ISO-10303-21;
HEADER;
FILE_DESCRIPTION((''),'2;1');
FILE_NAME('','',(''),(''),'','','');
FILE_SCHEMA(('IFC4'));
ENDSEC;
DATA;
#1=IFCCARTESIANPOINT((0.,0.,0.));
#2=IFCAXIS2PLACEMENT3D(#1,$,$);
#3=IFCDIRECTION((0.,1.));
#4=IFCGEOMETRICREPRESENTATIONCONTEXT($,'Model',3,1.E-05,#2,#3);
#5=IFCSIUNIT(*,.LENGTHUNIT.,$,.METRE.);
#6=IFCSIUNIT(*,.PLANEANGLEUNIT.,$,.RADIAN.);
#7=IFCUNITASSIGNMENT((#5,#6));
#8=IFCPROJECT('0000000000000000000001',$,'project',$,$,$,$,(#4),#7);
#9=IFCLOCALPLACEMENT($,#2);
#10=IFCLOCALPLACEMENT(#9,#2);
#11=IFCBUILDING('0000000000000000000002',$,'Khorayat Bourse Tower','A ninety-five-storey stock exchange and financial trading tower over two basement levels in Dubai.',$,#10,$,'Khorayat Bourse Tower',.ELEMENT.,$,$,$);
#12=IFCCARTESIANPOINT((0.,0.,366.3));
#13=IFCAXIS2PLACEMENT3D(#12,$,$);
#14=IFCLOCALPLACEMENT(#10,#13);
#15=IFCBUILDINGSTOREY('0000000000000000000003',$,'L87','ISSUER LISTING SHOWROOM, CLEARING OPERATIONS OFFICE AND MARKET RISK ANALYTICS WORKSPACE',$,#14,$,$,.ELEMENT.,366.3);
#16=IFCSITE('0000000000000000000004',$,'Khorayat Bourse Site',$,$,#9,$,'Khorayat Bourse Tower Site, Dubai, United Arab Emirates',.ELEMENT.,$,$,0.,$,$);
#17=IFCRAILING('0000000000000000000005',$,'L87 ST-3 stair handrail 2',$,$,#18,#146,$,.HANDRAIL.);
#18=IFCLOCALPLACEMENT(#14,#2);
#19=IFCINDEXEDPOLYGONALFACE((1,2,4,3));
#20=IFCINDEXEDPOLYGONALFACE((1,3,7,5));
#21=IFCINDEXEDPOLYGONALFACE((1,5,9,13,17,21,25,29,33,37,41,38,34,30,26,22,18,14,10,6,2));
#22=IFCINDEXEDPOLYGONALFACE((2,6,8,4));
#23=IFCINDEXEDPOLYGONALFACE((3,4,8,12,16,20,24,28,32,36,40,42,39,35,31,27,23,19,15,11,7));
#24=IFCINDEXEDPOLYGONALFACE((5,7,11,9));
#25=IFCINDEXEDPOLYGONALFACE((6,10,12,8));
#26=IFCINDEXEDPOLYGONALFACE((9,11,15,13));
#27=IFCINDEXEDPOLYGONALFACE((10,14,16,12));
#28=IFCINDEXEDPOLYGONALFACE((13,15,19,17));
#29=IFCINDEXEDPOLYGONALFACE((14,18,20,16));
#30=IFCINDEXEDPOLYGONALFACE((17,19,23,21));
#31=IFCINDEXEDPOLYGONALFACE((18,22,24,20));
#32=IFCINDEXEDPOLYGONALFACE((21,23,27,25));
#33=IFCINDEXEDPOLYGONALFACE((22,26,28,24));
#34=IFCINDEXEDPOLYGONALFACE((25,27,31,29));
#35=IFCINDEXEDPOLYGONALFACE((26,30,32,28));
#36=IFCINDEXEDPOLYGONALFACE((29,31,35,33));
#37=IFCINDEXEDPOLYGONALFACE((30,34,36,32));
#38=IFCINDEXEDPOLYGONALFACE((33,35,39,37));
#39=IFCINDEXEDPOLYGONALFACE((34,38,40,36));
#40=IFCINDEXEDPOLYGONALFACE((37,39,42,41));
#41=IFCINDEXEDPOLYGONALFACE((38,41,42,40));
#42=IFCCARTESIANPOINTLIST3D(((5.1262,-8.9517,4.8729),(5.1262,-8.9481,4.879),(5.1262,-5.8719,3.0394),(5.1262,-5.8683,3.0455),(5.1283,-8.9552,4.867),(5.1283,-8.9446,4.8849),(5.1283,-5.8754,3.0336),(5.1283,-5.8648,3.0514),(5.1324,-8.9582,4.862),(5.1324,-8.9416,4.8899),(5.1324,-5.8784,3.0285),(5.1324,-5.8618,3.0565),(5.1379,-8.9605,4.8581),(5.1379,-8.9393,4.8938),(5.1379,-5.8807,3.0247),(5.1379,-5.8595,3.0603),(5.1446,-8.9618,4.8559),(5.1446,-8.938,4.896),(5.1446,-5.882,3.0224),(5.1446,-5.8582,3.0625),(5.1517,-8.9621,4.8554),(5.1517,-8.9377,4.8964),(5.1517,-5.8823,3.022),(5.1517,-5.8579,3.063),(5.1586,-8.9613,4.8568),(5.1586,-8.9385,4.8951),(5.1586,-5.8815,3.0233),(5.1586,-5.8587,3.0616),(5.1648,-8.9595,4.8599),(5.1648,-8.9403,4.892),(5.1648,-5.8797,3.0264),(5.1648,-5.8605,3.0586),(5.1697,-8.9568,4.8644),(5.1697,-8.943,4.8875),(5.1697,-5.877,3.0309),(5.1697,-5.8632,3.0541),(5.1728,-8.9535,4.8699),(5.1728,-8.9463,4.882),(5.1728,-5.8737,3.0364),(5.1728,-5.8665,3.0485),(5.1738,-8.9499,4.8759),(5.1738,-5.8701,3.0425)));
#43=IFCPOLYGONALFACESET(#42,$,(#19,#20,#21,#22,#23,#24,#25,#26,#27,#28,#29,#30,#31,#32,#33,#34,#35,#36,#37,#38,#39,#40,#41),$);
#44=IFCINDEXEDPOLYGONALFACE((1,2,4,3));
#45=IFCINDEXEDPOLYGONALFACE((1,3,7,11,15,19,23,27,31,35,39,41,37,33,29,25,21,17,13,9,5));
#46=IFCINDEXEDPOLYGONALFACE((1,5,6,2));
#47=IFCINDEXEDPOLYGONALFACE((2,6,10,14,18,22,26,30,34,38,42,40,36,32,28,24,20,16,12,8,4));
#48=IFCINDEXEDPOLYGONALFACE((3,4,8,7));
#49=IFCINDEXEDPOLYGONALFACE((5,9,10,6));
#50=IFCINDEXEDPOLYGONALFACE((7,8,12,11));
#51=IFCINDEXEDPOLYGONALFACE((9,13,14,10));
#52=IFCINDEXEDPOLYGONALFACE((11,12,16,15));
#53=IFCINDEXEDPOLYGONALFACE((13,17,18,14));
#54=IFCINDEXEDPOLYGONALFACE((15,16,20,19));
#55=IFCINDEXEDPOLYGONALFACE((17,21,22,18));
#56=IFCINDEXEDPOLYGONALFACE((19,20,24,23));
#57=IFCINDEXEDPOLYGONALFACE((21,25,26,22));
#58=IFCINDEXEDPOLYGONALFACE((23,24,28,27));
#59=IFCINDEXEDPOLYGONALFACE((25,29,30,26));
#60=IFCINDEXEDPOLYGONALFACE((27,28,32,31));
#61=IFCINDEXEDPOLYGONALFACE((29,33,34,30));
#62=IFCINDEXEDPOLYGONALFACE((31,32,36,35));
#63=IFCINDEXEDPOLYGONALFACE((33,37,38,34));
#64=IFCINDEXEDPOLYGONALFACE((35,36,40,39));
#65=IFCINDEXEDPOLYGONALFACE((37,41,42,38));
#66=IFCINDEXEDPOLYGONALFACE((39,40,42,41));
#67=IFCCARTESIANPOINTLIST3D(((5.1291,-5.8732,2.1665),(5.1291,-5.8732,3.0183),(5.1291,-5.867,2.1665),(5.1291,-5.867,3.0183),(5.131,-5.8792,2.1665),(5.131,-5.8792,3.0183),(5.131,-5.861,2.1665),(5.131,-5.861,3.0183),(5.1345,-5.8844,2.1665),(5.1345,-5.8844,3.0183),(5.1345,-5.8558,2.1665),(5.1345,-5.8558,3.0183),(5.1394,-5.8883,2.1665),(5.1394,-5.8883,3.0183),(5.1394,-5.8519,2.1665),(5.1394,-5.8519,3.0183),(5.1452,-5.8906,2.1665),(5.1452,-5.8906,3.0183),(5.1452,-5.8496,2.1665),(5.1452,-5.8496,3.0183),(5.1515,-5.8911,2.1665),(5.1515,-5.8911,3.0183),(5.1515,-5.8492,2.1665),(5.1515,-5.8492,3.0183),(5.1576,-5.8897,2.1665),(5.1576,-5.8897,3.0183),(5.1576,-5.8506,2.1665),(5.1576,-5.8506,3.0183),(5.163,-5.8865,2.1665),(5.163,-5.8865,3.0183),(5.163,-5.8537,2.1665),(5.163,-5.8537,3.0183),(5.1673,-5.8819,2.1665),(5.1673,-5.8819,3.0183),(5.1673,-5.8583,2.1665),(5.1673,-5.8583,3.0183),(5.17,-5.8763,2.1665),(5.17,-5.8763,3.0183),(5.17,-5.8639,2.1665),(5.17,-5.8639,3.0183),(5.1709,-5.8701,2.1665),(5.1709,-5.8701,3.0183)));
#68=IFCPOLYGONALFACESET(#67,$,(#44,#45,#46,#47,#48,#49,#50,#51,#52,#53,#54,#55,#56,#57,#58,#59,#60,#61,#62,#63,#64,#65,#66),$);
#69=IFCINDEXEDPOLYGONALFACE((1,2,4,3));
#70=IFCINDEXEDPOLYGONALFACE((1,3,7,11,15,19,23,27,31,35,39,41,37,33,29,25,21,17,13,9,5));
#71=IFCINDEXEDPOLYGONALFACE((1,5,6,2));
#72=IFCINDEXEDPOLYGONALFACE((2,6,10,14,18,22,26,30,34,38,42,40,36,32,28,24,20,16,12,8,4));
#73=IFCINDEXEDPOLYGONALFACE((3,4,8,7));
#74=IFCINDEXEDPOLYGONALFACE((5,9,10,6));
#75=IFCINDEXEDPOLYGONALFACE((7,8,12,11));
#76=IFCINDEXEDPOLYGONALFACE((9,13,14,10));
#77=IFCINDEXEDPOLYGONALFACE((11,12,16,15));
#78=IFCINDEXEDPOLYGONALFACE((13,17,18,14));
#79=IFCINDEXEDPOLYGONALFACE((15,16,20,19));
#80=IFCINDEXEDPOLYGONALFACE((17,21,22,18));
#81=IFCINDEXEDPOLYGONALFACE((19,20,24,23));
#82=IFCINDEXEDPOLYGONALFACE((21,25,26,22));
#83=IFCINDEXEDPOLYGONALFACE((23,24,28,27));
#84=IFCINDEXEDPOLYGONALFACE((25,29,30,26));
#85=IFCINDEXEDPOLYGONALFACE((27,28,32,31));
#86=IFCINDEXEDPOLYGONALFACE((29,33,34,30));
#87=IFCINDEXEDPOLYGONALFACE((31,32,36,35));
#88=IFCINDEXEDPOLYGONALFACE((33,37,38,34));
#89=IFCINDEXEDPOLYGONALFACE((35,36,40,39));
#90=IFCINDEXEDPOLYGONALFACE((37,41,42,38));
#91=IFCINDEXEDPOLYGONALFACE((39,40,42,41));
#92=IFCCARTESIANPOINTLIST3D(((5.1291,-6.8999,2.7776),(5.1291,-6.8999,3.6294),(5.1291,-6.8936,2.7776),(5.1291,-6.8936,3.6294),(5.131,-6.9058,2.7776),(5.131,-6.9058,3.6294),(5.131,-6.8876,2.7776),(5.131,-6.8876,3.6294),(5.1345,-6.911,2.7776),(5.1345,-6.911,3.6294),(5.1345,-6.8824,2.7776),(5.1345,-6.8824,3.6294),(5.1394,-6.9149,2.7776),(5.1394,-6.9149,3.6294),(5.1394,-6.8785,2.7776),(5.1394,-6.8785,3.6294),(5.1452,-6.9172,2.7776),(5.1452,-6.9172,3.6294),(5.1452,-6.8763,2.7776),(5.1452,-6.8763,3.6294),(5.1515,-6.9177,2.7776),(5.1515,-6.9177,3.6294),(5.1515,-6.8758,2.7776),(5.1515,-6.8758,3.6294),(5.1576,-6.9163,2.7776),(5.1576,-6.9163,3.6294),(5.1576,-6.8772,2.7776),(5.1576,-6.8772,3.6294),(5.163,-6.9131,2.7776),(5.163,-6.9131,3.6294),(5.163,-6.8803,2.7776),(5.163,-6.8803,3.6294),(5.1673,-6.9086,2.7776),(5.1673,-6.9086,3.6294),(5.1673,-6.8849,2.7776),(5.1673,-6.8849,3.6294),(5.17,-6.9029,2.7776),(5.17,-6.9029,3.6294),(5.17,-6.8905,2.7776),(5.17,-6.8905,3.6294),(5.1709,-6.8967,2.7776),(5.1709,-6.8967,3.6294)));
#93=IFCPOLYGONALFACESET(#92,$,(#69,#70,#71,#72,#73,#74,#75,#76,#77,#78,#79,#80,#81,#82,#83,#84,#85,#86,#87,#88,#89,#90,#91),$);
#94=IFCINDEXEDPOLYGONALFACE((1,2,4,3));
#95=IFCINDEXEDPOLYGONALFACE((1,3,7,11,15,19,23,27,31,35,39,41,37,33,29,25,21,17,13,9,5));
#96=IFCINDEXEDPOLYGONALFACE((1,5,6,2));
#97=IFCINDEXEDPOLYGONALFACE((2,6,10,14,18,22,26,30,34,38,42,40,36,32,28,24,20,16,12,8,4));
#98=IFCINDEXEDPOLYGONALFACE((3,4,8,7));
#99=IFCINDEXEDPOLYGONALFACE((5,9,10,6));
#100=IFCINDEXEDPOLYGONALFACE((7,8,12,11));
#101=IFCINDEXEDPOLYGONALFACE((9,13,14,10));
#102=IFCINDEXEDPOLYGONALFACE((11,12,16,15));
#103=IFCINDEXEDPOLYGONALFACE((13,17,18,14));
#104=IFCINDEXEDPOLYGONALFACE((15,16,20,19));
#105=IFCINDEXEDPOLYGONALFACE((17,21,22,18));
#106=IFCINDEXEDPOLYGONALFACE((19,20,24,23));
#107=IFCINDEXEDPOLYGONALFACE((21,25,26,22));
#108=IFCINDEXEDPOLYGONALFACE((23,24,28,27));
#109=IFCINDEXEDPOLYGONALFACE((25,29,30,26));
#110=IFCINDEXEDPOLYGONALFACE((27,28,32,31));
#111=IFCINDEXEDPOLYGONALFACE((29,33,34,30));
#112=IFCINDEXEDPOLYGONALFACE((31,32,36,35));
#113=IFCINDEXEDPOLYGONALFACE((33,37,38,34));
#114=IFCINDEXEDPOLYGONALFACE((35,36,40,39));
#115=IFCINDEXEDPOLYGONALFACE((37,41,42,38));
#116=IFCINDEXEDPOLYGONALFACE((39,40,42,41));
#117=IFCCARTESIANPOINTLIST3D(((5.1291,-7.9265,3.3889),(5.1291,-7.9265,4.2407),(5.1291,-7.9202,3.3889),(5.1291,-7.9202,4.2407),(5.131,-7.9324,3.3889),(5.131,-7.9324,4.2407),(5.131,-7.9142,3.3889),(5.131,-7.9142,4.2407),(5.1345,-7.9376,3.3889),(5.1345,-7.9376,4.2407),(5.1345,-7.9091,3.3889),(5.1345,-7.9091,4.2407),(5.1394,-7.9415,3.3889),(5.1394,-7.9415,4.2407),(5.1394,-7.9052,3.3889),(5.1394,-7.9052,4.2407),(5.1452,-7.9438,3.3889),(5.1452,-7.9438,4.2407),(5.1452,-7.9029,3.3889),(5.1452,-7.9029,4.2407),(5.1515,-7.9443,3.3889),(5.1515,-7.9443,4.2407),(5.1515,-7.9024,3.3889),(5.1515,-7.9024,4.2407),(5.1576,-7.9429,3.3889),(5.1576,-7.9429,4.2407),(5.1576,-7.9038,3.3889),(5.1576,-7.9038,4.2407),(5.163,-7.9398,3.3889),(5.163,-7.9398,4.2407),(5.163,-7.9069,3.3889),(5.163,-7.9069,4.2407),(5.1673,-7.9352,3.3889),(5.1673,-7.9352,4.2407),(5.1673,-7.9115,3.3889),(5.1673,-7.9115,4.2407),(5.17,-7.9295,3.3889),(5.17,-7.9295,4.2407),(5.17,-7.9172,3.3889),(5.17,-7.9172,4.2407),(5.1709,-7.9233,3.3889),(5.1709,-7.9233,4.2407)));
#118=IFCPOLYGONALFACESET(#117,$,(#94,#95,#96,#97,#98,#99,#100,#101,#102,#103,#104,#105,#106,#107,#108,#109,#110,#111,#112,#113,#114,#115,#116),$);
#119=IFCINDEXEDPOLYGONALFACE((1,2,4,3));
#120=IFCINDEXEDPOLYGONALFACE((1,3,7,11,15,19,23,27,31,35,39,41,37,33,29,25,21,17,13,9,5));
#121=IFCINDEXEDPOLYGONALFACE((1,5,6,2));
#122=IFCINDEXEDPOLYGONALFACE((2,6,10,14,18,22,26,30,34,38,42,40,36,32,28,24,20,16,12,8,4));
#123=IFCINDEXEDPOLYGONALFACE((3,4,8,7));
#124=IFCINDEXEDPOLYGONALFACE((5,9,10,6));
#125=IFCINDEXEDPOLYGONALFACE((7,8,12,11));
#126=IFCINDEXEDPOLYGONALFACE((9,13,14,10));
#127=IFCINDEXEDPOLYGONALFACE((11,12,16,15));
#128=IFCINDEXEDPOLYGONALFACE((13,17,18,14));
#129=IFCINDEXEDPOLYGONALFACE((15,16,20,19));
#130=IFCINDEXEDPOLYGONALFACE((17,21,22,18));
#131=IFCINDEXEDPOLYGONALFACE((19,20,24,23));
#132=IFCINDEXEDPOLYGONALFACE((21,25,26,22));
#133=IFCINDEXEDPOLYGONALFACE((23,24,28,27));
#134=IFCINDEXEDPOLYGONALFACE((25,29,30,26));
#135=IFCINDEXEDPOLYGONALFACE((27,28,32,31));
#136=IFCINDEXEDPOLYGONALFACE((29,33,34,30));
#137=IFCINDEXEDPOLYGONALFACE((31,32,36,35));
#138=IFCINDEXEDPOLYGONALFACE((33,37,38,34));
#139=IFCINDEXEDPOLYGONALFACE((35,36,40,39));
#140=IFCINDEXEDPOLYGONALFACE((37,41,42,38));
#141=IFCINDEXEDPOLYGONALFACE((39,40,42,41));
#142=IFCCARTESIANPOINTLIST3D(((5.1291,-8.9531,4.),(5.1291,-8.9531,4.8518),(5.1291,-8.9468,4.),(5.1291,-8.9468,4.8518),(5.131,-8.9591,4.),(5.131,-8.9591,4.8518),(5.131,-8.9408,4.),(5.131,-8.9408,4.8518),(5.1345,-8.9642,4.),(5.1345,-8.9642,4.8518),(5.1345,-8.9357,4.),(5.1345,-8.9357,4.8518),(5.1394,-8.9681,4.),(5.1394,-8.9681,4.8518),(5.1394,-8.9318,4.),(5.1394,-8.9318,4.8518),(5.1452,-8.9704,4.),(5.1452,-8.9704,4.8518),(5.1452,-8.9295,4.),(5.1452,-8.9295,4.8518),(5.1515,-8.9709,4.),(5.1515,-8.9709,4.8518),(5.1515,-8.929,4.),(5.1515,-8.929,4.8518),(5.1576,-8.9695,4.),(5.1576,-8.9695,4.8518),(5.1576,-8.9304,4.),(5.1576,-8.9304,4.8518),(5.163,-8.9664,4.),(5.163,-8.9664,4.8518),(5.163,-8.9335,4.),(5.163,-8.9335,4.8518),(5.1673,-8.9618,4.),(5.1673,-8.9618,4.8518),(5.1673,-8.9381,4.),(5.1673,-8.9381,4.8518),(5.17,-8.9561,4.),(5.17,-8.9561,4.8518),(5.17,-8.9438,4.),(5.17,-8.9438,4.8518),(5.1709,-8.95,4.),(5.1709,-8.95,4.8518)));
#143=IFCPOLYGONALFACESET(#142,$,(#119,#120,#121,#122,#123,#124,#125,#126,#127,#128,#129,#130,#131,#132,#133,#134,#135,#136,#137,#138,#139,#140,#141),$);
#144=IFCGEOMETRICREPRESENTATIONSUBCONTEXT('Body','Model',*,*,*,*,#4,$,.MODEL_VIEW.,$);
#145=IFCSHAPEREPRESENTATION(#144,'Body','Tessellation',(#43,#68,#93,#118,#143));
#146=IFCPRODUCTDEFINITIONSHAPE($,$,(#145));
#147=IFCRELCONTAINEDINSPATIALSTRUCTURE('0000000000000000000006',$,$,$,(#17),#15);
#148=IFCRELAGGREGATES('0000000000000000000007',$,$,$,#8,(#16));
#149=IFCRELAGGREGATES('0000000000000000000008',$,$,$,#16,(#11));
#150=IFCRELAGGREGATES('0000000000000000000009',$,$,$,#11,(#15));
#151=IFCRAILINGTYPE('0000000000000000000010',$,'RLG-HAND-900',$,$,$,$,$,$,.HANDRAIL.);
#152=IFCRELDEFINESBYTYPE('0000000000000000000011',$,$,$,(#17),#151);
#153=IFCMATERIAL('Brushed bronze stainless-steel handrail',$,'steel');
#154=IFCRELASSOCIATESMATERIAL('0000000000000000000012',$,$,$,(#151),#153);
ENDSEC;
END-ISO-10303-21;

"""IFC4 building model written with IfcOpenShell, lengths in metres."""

from ifc_helpers import new_model, si_unit, direction, frame, origin, origin_2d, place, context, subcontext, project, spatial, circle, extrude, source, transform, mapped, material, type_object, element, save


model = new_model("IFC4")

# Units and contexts
model_context = context("Model", 3, precision=1e-05, world=origin(), true_north=direction((0.0, 1.0)))
body_context = subcontext(model_context, "Body", "Model", "MODEL_VIEW")
ifc_project = project(units=[si_unit("LENGTHUNIT", "METRE"), si_unit("PLANEANGLEUNIT", "RADIAN")], contexts=[model_context])

# Site, building, storey
site_placement = place(None, origin())
site = spatial("IfcSite", under=ifc_project, at=site_placement, Name="Khorayat Bourse Site", LongName="Khorayat Bourse Tower Site, Dubai, United Arab Emirates", CompositionType="ELEMENT", RefElevation=0.0)
building_placement = place(site_placement, origin())
building = spatial("IfcBuilding", under=site, at=building_placement, Name="Khorayat Bourse Tower", Description="A ninety-five-storey stock exchange and financial trading tower over two basement levels in Dubai.", LongName="Khorayat Bourse Tower", CompositionType="ELEMENT")
storey_placement = place(building_placement, frame((0.0, 0.0, 366.3)))
storey = spatial("IfcBuildingStorey", under=building, at=storey_placement, Name="L87", Description="ISSUER LISTING SHOWROOM, CLEARING OPERATIONS OFFICE AND MARKET RISK ANALYTICS WORKSPACE", CompositionType="ELEMENT", Elevation=366.3)

# Railing
ifc_material_1 = material(Name="Brushed bronze stainless-steel handrail", Category="steel")
railing_type_1 = type_object("IfcRailingType", Name="RLG-HAND-900", PredefinedType="HANDRAIL", material=ifc_material_1)
shared_shape_1 = source(origin(), body_context, "Body", "SweptSolid", [
    extrude(circle(Radius=0.0239, at=origin_2d()), frame((0.0, 0.0, 0.876), z_axis=(0.0, -0.859261, 0.511538), x_axis=(1.0, 0.0, 0.0)), (0.0, 0.0, 1.0), 3.5842),
    extrude(circle(Radius=0.021, at=origin_2d()), origin(), (0.0, 0.0, 1.0), 0.8518),
    extrude(circle(Radius=0.021, at=origin_2d()), frame((0.0, -1.0266, 0.6111)), (0.0, 0.0, 1.0), 0.8518),
    extrude(circle(Radius=0.021, at=origin_2d()), frame((0.0, -2.0532, 1.2224)), (0.0, 0.0, 1.0), 0.8518),
    extrude(circle(Radius=0.021, at=origin_2d()), frame((0.0, -3.0798, 1.8335)), (0.0, 0.0, 1.0), 0.8518),
])
railing_1_placement = place(storey_placement, frame((5.1499, -5.8701, 2.1665)))
element("IfcRailing", 1, at=railing_1_placement, inside=storey, type_object=railing_type_1, Name="L87 ST-3 stair handrail 2", PredefinedType="HANDRAIL", context=body_context, shape_type="MappedRepresentation", body=[
    mapped(shared_shape_1, transform((0.0, 0.0, 0.0), scale=1.0)),
])

save(model, "model.ifc")
